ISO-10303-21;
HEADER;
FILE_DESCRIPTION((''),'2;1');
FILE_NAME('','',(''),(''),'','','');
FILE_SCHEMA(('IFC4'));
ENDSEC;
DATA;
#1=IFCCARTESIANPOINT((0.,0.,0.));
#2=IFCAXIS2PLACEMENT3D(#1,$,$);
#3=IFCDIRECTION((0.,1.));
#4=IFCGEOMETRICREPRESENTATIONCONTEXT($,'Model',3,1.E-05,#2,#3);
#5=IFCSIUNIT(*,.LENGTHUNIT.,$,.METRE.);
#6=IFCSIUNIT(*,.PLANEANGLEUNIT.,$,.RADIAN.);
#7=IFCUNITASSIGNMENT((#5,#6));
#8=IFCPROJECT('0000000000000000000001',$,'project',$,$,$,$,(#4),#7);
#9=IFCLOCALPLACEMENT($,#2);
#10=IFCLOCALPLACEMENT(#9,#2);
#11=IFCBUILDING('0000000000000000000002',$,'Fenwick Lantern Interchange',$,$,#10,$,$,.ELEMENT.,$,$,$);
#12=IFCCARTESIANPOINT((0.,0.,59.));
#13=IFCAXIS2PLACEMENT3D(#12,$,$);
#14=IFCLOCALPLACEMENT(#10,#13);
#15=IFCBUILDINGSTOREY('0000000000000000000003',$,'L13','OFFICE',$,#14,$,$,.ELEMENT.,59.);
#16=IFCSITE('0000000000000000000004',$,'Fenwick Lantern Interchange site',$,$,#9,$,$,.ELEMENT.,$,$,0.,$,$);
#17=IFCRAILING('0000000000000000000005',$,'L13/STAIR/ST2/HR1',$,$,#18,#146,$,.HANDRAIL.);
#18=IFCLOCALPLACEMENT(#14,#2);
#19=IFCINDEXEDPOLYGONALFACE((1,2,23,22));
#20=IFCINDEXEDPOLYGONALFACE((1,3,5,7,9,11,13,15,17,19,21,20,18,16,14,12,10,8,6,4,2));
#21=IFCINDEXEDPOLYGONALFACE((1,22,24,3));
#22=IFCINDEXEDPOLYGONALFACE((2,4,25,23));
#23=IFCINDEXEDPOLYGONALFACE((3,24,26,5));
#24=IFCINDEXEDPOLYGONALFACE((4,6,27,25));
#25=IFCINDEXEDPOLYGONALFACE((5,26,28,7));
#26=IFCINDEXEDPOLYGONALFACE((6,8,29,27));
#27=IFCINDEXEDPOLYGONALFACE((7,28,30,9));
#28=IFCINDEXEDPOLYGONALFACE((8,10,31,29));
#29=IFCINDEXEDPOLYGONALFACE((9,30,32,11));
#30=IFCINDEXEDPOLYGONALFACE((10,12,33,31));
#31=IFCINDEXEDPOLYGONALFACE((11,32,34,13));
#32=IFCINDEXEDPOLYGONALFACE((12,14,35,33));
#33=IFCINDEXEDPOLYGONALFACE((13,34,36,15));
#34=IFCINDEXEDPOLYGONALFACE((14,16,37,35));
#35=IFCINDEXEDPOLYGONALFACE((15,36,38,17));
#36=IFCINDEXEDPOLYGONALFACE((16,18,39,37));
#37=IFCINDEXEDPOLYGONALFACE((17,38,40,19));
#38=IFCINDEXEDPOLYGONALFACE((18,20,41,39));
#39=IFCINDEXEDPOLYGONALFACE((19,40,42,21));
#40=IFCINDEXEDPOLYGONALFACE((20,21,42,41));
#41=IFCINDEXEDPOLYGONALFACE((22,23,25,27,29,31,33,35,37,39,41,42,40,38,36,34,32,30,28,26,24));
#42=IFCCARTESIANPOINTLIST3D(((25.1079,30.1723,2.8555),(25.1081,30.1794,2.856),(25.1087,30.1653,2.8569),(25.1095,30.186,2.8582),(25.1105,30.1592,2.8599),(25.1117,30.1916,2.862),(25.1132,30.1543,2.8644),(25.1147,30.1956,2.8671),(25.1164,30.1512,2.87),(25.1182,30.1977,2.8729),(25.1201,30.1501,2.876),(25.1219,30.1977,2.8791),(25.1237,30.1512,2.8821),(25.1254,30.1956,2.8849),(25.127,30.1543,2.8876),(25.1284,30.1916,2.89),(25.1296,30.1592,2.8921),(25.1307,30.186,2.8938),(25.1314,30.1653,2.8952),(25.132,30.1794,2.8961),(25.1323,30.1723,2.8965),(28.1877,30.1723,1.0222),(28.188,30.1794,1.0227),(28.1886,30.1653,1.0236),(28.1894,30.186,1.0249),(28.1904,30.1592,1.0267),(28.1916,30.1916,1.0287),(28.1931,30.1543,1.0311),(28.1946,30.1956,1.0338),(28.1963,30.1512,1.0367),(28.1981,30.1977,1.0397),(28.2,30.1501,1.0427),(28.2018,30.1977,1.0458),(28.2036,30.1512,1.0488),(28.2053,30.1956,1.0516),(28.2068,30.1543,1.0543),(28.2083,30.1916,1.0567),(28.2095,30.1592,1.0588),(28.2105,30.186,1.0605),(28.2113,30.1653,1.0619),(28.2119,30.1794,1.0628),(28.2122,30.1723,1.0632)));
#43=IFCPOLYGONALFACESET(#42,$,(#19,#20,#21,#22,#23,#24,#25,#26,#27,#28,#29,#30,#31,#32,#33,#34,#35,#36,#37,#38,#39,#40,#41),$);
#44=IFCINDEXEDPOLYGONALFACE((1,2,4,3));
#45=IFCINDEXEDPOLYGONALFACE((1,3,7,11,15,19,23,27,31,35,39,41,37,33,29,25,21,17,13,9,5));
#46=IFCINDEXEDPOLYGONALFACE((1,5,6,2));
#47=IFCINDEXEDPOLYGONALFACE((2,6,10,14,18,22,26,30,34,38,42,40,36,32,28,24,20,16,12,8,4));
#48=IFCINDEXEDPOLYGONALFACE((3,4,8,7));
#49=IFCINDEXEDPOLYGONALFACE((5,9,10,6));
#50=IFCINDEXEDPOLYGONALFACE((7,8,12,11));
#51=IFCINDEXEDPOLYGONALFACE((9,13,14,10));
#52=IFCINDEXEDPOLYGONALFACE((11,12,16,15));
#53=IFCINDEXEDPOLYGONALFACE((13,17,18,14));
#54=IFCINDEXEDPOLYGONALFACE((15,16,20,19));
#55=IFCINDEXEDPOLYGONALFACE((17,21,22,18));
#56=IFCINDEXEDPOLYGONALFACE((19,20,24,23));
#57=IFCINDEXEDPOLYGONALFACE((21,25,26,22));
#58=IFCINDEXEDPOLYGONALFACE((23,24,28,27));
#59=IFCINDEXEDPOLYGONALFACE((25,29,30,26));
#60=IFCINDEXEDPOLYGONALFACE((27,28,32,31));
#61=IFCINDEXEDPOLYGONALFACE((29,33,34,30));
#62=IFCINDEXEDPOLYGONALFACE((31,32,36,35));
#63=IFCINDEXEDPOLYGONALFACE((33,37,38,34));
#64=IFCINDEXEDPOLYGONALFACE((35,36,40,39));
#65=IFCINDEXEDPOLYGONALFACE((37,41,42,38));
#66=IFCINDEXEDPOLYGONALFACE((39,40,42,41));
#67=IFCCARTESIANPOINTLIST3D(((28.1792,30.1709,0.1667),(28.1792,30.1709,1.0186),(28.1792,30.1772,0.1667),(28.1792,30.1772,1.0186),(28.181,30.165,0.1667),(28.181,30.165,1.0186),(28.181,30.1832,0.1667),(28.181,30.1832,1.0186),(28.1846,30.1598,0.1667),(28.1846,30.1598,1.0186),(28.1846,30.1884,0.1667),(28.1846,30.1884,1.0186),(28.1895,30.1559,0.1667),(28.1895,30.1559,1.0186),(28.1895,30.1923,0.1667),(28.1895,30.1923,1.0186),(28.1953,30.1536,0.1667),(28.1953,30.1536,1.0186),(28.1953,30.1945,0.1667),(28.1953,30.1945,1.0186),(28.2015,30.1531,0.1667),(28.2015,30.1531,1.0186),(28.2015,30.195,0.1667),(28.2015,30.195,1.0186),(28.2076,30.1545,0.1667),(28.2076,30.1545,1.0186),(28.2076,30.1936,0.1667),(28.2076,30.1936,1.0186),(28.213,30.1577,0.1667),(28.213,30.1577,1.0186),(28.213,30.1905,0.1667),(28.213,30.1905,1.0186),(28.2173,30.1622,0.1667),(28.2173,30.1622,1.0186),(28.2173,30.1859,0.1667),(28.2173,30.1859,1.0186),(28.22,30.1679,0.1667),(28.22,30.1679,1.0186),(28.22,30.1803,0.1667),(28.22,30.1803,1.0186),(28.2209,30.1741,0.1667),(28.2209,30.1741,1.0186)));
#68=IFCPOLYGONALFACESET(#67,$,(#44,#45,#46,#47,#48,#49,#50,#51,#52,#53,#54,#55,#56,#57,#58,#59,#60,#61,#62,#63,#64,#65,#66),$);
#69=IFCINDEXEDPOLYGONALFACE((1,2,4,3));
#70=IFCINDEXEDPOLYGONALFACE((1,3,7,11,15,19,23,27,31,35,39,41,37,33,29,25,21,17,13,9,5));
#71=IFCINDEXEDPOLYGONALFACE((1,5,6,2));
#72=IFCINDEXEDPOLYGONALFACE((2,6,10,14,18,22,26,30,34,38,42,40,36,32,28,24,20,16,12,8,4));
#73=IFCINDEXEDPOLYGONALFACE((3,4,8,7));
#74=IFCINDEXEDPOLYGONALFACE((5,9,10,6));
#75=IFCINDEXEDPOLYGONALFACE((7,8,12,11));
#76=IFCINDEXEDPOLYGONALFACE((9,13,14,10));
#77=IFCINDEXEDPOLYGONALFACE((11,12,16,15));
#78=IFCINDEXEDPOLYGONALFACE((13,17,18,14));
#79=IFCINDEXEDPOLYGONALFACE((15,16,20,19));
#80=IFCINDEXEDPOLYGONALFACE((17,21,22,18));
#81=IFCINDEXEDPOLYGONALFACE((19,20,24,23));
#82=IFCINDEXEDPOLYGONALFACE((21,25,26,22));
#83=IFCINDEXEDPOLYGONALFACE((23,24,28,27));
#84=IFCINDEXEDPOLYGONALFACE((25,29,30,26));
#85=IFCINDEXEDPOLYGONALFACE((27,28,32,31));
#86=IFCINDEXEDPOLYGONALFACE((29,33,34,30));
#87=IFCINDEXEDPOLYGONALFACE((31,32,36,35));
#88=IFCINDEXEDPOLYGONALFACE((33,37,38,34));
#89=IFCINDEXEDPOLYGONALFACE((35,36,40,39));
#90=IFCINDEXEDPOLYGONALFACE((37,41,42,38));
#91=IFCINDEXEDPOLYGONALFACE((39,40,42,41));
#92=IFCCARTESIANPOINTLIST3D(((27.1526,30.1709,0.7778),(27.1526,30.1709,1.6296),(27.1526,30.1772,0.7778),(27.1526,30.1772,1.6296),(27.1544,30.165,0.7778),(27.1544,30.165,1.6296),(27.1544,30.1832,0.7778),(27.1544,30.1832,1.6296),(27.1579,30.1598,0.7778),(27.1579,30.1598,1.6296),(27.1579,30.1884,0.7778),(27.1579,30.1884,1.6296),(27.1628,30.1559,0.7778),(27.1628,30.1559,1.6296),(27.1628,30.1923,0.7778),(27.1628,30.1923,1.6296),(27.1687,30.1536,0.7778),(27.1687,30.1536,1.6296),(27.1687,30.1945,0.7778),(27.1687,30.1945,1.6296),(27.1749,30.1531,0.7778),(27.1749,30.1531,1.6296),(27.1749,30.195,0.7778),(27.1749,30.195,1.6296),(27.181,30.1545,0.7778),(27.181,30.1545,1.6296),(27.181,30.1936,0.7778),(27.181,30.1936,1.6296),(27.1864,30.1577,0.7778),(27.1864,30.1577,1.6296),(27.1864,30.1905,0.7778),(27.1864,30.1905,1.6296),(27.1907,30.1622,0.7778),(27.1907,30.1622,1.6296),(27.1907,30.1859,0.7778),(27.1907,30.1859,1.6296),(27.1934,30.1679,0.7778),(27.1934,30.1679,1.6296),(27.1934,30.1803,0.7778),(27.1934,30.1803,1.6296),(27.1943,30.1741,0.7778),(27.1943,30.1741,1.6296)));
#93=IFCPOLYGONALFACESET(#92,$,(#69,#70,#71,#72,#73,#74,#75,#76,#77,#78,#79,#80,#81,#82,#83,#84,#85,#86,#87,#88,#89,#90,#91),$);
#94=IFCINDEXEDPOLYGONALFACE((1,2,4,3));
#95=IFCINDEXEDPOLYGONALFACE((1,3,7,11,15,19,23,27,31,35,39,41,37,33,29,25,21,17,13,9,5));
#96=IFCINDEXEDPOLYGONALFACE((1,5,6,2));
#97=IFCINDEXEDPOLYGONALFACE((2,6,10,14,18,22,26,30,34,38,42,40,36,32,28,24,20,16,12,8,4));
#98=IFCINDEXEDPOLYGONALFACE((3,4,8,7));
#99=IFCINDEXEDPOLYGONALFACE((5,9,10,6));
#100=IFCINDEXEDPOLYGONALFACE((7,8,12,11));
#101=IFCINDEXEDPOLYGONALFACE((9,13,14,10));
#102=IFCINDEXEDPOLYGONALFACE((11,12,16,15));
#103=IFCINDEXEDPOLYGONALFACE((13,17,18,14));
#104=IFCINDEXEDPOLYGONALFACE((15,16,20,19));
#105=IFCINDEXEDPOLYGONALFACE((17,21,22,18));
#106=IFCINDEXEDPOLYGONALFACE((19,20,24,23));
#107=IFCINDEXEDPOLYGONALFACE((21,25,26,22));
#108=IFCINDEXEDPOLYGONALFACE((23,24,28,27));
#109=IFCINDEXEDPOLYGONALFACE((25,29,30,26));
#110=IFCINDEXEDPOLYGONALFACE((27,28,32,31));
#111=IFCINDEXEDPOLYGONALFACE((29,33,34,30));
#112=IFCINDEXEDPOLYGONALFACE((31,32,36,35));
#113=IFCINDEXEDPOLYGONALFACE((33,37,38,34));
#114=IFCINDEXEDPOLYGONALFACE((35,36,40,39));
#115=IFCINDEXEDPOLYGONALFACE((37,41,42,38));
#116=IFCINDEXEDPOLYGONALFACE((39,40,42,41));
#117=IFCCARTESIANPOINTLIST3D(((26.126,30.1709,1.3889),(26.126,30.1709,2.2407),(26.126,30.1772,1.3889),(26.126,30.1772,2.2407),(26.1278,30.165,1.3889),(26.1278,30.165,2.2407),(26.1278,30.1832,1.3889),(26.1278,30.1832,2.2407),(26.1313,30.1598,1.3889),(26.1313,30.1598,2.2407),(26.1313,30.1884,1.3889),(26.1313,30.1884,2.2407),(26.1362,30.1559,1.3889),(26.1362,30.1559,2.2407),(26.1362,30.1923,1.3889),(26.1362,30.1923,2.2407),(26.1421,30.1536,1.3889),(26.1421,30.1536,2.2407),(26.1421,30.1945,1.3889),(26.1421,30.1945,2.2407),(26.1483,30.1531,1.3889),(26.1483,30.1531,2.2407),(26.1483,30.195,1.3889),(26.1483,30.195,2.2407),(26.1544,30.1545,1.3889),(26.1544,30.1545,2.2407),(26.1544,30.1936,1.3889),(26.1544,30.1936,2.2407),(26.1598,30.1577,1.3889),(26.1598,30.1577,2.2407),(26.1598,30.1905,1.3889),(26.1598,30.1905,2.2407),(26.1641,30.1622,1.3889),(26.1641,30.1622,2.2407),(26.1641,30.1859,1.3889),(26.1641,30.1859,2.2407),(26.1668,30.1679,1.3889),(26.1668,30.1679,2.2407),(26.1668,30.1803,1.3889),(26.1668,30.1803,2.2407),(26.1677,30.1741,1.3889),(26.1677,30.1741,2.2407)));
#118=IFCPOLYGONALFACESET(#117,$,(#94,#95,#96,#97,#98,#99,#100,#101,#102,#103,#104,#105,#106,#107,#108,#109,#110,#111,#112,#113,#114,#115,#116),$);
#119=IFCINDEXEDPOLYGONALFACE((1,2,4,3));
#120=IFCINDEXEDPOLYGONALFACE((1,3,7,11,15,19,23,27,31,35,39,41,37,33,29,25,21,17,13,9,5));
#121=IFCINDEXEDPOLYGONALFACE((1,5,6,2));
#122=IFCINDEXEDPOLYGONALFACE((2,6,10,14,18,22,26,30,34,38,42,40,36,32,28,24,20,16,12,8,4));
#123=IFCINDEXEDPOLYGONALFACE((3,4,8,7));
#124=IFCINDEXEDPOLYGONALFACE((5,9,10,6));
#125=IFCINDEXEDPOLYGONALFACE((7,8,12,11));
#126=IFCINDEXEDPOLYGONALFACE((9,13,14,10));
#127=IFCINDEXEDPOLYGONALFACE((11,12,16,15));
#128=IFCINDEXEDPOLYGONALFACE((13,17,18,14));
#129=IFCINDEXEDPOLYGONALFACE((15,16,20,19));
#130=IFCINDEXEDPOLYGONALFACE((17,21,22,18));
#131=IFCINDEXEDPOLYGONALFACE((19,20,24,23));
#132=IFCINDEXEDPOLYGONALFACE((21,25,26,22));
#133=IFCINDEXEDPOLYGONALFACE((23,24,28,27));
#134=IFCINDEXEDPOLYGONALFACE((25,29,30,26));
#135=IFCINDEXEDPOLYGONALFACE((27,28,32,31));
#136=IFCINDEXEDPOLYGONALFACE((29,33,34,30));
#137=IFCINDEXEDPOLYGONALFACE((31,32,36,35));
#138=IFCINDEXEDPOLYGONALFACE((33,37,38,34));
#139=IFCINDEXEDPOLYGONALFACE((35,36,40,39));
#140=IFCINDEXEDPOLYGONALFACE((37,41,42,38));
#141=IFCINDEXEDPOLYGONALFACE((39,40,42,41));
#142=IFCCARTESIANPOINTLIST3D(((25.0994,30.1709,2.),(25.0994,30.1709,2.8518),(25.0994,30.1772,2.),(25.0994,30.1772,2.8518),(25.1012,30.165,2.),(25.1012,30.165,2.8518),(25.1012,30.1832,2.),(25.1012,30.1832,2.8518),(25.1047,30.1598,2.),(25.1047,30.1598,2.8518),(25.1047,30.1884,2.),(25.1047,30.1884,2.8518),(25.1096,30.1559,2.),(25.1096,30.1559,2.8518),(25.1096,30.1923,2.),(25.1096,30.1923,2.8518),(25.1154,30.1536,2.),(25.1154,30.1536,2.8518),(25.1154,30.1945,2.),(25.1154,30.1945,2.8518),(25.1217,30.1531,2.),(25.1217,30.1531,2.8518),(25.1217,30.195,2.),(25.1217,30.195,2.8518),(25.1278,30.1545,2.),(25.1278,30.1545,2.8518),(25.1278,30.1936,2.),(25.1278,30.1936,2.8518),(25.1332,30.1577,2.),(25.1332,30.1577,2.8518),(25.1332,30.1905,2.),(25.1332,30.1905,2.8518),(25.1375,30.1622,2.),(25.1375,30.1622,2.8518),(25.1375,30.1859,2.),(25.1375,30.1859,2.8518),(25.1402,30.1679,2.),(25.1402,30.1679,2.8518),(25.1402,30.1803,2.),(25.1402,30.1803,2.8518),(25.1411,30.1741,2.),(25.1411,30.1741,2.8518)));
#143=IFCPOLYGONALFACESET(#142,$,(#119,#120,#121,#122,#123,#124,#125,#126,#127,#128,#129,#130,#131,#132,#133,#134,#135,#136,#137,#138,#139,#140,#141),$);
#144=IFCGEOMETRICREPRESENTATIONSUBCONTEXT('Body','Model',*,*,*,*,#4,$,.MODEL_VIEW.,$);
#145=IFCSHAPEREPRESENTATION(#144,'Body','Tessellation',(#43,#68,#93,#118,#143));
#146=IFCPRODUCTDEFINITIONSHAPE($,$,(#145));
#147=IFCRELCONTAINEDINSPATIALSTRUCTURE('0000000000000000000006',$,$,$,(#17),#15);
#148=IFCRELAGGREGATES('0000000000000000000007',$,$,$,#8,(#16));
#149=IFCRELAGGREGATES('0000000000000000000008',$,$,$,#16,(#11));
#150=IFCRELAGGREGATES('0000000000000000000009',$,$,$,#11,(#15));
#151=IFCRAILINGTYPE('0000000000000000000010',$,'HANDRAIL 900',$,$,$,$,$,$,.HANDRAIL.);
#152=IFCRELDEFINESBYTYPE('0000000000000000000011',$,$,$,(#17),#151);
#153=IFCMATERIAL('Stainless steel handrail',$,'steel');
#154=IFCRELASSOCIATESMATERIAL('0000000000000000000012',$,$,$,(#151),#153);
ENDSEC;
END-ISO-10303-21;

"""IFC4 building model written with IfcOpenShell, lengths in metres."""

from ifc_helpers import new_model, si_unit, direction, frame, origin, origin_2d, place, context, subcontext, project, spatial, circle, extrude, material, type_object, element, save


model = new_model("IFC4")

# Units and contexts
model_context = context("Model", 3, precision=1e-05, world=origin(), true_north=direction((0.0, 1.0)))
body_context = subcontext(model_context, "Body", "Model", "MODEL_VIEW")
ifc_project = project(units=[si_unit("LENGTHUNIT", "METRE"), si_unit("PLANEANGLEUNIT", "RADIAN")], contexts=[model_context])

# Site, building, storey
site_placement = place(None, origin())
site = spatial("IfcSite", under=ifc_project, at=site_placement, Name="Fenwick Lantern Interchange site", CompositionType="ELEMENT", RefElevation=0.0)
building_placement = place(site_placement, origin())
building = spatial("IfcBuilding", under=site, at=building_placement, Name="Fenwick Lantern Interchange", CompositionType="ELEMENT")
storey_placement = place(building_placement, frame((0.0, 0.0, 59.0)))
storey = spatial("IfcBuildingStorey", under=building, at=storey_placement, Name="L13", Description="OFFICE", CompositionType="ELEMENT", Elevation=59.0)

# Railing
ifc_material_1 = material(Name="Stainless steel handrail", Category="steel")
railing_type = type_object("IfcRailingType", Name="HANDRAIL 900", PredefinedType="HANDRAIL", material=ifc_material_1)
railing_1_placement = place(storey_placement, frame((28.2, 30.1741, 0.1667)))
element("IfcRailing", 1, at=railing_1_placement, inside=storey, type_object=railing_type, Name="L13/STAIR/ST2/HR1", PredefinedType="HANDRAIL", context=body_context, shape_type="SweptSolid", body=[
    extrude(circle(Radius=0.0239, at=origin_2d()), frame((0.0, 0.0, 0.876), z_axis=(-0.859291, 0.0, 0.511487), x_axis=(0.0, -1.0, 0.0)), (0.0, 0.0, 1.0), 3.5842),
    extrude(circle(Radius=0.021, at=origin_2d()), origin(), (0.0, 0.0, 1.0), 0.8518),
    extrude(circle(Radius=0.021, at=origin_2d()), frame((-1.0266, 0.0, 0.6111)), (0.0, 0.0, 1.0), 0.8518),
    extrude(circle(Radius=0.021, at=origin_2d()), frame((-2.0532, 0.0, 1.2222)), (0.0, 0.0, 1.0), 0.8518),
    extrude(circle(Radius=0.021, at=origin_2d()), frame((-3.0798, 0.0, 1.8333)), (0.0, 0.0, 1.0), 0.8518),
])

save(model, "model.ifc")
